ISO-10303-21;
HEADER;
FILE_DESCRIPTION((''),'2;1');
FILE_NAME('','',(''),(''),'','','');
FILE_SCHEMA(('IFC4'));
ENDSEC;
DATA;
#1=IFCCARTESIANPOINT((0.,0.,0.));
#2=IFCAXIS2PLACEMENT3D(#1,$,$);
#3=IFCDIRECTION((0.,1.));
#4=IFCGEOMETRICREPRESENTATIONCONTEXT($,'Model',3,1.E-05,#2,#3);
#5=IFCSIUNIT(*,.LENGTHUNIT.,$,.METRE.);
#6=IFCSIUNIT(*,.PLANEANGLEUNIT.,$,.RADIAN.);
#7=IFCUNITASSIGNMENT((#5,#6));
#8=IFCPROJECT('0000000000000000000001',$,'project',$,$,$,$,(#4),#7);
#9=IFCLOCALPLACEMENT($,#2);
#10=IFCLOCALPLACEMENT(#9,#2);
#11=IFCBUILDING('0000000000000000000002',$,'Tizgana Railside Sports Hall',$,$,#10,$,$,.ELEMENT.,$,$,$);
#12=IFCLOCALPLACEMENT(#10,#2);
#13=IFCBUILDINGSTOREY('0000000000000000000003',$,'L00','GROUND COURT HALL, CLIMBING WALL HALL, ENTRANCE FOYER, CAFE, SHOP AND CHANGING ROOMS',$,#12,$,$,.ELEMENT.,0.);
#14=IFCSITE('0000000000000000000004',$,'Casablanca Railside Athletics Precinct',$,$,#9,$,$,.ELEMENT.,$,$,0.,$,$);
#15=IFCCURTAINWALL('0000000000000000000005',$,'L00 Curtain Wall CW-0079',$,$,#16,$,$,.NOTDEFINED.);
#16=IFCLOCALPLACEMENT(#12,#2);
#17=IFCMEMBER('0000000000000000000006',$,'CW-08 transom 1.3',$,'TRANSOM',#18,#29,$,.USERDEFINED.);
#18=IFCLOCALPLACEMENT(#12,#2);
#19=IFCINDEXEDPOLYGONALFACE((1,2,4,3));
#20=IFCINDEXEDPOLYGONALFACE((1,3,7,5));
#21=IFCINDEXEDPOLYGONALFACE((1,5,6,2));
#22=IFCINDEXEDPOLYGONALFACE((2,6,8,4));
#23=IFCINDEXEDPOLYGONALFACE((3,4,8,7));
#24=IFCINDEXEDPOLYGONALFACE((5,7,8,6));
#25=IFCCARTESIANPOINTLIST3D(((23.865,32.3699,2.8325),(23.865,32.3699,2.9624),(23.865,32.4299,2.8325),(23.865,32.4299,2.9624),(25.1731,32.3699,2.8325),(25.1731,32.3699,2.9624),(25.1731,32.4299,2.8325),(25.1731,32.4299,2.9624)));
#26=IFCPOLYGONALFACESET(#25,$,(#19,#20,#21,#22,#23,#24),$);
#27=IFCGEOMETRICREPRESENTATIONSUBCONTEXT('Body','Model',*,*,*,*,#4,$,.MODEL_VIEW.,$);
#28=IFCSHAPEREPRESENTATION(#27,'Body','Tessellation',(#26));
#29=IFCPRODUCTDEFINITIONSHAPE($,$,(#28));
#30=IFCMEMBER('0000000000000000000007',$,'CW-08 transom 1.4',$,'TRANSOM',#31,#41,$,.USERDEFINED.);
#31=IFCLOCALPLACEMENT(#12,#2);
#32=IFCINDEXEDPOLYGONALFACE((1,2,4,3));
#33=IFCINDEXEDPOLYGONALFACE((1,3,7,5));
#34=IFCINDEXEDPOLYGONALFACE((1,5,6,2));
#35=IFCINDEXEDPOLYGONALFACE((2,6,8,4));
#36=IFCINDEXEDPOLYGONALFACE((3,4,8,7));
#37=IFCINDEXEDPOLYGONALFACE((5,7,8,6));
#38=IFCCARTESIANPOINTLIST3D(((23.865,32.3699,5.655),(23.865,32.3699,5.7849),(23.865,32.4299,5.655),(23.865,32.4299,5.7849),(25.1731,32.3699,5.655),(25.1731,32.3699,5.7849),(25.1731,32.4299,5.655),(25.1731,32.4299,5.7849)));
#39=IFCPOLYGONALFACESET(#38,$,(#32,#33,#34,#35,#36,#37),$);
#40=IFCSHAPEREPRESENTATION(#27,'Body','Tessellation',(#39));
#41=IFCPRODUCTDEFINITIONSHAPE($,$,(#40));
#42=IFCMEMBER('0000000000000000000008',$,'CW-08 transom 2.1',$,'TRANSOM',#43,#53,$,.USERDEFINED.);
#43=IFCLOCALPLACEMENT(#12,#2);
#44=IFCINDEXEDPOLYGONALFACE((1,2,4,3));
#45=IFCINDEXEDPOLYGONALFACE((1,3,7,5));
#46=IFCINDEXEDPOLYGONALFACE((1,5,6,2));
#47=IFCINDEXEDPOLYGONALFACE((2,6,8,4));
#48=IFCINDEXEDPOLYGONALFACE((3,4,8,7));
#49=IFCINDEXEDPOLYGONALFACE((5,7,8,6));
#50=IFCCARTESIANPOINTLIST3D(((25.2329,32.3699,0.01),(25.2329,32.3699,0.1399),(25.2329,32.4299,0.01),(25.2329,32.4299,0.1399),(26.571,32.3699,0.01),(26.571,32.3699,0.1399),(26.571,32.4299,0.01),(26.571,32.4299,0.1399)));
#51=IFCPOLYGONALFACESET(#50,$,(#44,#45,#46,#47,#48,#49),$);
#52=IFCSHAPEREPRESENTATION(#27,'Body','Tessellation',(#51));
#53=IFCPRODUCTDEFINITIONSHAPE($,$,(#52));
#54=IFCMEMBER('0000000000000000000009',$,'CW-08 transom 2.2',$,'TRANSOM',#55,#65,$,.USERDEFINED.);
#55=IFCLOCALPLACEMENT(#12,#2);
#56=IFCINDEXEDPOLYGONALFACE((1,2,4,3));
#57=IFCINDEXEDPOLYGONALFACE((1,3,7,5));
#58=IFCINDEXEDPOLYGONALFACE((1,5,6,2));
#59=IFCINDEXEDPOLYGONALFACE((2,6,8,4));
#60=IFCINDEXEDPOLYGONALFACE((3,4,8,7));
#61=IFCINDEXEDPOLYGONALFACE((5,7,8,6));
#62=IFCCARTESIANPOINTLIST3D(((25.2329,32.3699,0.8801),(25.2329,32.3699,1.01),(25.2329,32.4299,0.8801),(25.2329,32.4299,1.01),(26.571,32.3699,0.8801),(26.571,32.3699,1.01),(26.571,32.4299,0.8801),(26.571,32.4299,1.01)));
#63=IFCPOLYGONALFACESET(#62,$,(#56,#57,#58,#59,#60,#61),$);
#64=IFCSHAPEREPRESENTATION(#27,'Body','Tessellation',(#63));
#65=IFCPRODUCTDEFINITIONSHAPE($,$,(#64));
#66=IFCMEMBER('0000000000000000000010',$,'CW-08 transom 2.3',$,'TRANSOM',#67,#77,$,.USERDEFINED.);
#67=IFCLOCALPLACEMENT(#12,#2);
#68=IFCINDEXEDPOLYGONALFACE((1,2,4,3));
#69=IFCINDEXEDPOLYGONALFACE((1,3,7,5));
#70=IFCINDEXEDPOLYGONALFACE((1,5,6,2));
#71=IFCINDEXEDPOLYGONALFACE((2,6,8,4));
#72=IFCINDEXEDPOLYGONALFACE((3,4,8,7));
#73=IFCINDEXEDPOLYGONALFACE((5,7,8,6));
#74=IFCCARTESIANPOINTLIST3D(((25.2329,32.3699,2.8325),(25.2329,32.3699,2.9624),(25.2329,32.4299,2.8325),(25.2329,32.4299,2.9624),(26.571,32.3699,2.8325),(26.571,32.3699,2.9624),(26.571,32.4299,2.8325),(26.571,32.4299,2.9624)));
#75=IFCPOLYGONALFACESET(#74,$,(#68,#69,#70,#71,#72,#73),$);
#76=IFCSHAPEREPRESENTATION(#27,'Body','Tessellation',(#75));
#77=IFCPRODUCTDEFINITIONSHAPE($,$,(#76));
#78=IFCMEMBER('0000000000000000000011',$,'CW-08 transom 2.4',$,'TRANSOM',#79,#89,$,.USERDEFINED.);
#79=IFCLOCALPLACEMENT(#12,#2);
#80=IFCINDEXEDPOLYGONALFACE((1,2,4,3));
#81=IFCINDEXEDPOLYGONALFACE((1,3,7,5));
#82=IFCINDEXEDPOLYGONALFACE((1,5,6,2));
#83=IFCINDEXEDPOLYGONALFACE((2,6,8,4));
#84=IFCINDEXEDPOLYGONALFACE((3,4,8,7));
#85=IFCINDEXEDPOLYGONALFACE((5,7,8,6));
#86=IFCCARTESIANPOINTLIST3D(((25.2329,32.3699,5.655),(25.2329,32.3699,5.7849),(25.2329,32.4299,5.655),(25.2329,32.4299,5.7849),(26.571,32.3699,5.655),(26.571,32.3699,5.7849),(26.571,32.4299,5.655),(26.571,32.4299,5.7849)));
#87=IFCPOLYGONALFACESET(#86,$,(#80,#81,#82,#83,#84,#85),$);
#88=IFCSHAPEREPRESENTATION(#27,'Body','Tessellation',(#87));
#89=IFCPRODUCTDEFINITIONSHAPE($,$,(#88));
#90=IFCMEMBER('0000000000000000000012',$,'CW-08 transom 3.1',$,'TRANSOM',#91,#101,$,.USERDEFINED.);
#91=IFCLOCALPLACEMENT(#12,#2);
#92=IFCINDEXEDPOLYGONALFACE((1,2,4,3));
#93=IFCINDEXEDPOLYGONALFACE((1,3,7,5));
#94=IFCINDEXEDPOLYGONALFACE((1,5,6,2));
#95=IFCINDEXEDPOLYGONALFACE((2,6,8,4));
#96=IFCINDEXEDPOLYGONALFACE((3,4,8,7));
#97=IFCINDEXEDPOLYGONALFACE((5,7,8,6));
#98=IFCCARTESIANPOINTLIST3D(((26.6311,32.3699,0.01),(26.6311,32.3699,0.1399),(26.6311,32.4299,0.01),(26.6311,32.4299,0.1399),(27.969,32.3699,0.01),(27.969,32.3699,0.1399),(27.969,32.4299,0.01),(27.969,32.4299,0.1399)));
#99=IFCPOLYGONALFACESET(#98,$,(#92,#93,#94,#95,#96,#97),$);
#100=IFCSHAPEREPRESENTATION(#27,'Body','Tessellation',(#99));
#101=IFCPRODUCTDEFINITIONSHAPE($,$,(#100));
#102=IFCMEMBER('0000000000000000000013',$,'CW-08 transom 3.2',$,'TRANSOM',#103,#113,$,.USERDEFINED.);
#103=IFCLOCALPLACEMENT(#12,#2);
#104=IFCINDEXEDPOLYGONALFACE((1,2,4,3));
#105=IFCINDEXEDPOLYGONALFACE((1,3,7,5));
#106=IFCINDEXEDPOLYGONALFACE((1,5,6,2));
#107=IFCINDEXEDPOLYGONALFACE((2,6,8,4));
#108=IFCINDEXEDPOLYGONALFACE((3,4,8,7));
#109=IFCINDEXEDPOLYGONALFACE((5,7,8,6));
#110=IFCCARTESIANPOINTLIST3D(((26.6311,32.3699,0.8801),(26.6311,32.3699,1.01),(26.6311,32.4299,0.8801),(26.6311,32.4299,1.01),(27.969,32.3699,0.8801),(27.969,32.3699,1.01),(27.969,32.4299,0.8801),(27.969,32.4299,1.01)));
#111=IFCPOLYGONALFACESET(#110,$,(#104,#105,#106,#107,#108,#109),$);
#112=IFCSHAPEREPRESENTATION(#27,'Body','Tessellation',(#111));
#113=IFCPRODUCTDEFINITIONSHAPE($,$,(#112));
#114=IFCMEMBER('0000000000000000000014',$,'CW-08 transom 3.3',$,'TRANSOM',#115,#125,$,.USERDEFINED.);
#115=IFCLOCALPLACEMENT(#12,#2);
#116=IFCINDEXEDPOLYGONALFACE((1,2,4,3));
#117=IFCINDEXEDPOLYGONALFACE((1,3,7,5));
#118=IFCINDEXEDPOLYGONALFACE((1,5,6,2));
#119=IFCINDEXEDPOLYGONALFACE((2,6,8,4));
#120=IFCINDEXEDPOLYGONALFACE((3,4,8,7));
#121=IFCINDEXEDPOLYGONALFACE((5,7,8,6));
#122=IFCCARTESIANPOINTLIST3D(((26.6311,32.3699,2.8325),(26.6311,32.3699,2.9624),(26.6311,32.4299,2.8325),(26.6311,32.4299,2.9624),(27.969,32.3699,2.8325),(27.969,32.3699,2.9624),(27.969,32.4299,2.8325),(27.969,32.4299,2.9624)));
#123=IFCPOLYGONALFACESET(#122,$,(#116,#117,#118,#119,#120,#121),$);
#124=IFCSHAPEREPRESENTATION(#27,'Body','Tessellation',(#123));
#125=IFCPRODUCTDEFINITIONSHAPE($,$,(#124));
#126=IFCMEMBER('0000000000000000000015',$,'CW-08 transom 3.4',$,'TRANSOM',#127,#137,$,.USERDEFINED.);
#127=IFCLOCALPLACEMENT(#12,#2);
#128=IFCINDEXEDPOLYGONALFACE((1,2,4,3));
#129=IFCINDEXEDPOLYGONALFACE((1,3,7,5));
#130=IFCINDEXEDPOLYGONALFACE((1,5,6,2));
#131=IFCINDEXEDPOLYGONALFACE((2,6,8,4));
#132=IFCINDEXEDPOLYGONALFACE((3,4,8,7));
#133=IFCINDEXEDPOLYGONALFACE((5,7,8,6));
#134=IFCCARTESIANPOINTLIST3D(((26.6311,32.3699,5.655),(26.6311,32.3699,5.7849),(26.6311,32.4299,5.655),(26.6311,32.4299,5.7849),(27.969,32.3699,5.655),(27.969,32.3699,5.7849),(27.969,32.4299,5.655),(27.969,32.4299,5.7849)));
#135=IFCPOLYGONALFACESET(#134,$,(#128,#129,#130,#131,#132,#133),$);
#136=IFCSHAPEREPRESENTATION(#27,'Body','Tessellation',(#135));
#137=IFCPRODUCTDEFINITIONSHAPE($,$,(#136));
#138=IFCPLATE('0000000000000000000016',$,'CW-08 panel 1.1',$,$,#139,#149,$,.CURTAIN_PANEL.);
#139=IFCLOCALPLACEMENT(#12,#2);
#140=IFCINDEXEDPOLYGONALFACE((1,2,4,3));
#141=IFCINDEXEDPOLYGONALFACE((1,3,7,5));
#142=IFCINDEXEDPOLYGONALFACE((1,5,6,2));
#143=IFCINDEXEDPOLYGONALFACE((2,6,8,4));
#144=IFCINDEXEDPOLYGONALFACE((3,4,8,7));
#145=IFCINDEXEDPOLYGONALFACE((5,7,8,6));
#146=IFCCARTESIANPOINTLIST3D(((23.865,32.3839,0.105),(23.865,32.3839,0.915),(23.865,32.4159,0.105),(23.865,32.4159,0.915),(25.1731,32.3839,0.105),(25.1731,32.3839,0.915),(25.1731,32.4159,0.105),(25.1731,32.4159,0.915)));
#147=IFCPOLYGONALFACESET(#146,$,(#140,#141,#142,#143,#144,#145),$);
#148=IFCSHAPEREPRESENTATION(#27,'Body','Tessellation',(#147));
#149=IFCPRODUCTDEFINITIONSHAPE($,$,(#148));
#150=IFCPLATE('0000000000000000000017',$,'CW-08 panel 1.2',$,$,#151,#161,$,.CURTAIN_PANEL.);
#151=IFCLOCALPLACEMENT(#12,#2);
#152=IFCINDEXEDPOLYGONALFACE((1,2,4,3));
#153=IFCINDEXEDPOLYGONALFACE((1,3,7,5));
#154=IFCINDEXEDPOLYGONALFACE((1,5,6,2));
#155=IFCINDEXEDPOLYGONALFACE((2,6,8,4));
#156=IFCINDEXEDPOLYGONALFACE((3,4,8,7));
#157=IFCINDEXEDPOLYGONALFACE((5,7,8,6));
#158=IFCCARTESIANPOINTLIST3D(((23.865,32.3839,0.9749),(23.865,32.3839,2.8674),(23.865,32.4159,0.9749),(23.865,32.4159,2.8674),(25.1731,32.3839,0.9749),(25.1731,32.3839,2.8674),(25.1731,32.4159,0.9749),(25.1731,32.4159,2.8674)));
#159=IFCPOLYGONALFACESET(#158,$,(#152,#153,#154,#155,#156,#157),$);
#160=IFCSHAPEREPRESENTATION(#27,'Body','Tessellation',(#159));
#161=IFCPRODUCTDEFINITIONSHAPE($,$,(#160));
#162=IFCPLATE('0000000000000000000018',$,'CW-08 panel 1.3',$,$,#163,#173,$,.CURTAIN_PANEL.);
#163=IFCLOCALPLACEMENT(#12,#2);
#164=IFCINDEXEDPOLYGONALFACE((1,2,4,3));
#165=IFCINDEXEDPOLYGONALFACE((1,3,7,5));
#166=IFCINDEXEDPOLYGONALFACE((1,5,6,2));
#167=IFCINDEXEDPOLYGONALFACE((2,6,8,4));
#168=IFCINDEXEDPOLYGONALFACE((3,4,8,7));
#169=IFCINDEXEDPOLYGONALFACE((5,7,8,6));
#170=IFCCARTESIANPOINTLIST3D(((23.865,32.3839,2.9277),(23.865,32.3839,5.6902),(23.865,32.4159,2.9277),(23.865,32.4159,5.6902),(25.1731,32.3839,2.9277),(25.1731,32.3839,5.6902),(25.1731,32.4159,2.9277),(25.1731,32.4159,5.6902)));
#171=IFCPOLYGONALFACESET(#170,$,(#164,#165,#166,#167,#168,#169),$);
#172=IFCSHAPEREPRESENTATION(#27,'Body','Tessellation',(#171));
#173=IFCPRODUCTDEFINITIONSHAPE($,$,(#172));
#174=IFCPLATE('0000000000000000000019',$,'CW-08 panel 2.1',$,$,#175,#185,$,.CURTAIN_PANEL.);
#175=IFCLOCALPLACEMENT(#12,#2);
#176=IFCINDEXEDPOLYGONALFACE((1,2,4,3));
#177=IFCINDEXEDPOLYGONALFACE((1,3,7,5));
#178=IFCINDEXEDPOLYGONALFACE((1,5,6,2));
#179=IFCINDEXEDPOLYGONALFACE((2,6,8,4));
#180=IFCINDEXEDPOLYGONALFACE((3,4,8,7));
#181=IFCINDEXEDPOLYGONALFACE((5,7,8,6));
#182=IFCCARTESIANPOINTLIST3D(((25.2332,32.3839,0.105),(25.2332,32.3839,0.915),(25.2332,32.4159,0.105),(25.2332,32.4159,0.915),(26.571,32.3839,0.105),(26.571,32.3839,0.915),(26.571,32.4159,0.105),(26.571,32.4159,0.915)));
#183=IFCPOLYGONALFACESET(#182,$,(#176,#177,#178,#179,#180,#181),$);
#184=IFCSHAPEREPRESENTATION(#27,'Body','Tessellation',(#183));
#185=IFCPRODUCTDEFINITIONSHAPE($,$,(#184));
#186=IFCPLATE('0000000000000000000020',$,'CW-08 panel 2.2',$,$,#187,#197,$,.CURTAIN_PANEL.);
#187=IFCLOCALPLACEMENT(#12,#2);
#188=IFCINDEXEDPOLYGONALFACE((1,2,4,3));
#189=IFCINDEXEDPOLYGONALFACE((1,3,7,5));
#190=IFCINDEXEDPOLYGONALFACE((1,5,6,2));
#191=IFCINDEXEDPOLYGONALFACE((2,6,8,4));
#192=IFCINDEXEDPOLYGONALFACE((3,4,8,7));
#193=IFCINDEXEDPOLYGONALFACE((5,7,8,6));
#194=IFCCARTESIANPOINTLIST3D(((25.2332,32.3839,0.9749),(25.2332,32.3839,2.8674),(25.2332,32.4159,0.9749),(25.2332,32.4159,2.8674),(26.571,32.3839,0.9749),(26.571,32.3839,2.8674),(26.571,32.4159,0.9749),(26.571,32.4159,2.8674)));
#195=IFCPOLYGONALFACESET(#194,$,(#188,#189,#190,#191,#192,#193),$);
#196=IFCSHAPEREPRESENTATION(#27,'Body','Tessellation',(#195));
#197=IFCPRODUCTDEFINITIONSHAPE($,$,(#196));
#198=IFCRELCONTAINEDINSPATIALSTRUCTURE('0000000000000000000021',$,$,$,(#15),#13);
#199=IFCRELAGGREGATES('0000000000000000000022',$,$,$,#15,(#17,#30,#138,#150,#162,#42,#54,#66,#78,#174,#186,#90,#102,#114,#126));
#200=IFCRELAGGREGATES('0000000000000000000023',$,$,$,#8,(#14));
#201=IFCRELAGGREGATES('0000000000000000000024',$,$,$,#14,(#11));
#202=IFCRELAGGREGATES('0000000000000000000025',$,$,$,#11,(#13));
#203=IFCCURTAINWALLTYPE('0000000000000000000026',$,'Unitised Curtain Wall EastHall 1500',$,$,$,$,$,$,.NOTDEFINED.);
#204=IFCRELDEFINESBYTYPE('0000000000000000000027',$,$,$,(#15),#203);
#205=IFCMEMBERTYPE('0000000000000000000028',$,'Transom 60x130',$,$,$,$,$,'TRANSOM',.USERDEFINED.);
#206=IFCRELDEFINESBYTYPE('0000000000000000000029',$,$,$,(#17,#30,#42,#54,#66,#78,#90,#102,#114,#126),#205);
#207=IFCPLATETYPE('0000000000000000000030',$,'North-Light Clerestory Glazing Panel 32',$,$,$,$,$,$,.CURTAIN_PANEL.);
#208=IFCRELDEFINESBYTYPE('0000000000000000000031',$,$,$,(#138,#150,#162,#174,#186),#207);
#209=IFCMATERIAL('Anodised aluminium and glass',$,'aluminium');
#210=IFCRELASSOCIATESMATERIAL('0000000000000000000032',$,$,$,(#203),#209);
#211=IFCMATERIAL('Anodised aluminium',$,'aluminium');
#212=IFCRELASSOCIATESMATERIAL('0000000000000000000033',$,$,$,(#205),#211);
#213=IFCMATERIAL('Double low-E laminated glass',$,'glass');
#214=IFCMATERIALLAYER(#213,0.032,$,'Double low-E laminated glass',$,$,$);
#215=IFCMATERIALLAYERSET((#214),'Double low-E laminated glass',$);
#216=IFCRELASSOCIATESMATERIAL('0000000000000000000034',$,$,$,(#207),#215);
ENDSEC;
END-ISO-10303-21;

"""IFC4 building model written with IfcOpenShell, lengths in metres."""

from ifc_helpers import new_model, si_unit, direction, frame, origin, origin_2d, place, context, subcontext, project, spatial, rectangle, extrude, material, layer, layer_set, material_profile, profile_set, type_object, element, aggregate, save


model = new_model("IFC4")

# Units and contexts
model_context = context("Model", 3, precision=1e-05, world=origin(), true_north=direction((0.0, 1.0)))
body_context = subcontext(model_context, "Body", "Model", "MODEL_VIEW")
ifc_project = project(units=[si_unit("LENGTHUNIT", "METRE"), si_unit("PLANEANGLEUNIT", "RADIAN")], contexts=[model_context])

# Site, building, storey
site_placement = place(None, origin())
site = spatial("IfcSite", under=ifc_project, at=site_placement, Name="Casablanca Railside Athletics Precinct", CompositionType="ELEMENT", RefElevation=0.0)
building_placement = place(site_placement, origin())
building = spatial("IfcBuilding", under=site, at=building_placement, Name="Tizgana Railside Sports Hall", CompositionType="ELEMENT")
storey_placement = place(building_placement, origin())
storey = spatial("IfcBuildingStorey", under=building, at=storey_placement, Name="L00", Description="GROUND COURT HALL, CLIMBING WALL HALL, ENTRANCE FOYER, CAFE, SHOP AND CHANGING ROOMS", CompositionType="ELEMENT", Elevation=0.0)

# Curtain wall
ifc_material_1 = material(Name="Anodised aluminium and glass", Category="aluminium")
curtain_wall_type = type_object("IfcCurtainWallType", Name="Unitised Curtain Wall EastHall 1500", PredefinedType="NOTDEFINED", material=ifc_material_1)
curtain_wall_placement = place(storey_placement, origin())
curtain_wall = element("IfcCurtainWall", 1, at=curtain_wall_placement, inside=storey, type_object=curtain_wall_type, Name="L00 Curtain Wall CW-0079", PredefinedType="NOTDEFINED")
ifc_material_2 = material(Name="Anodised aluminium", Category="aluminium")

# Members
ifc_material_profile_1 = material_profile(ifc_material_2, rectangle(XDim=0.0601, YDim=0.1299, at=origin_2d()), Name="Transom 60x130")
ifc_profile_set_1 = profile_set([ifc_material_profile_1], Name="Anodised aluminium")
member_type_1 = type_object("IfcMemberType", Name="Transom 60x130", ElementType="TRANSOM", PredefinedType="USERDEFINED", material=ifc_profile_set_1)
member_1_placement = place(storey_placement, frame((23.865, 32.3999, 2.8975), z_axis=(1.0, 0.0, 0.0), x_axis=(0.0, 1.0, 0.0)))
member_1 = element("IfcMember", 2, at=member_1_placement, type_object=member_type_1, Name="CW-08 transom 1.3", ObjectType="TRANSOM", PredefinedType="USERDEFINED", context=body_context, shape_type="SweptSolid", body=[
    extrude(rectangle(XDim=0.0601, YDim=0.1299, at=origin_2d()), origin(), (0.0, 0.0, 1.0), 1.3081),
])
member_2_placement = place(storey_placement, frame((23.865, 32.3999, 5.72), z_axis=(1.0, 0.0, 0.0), x_axis=(0.0, 1.0, 0.0)))
member_2 = element("IfcMember", 3, at=member_2_placement, type_object=member_type_1, Name="CW-08 transom 1.4", ObjectType="TRANSOM", PredefinedType="USERDEFINED", context=body_context, shape_type="SweptSolid", body=[
    extrude(rectangle(XDim=0.0601, YDim=0.1299, at=origin_2d()), origin(), (0.0, 0.0, 1.0), 1.3081),
])
member_3_placement = place(storey_placement, frame((25.2329, 32.3999, 0.075), z_axis=(1.0, 0.0, 0.0), x_axis=(0.0, 1.0, 0.0)))
member_3 = element("IfcMember", 4, at=member_3_placement, type_object=member_type_1, Name="CW-08 transom 2.1", ObjectType="TRANSOM", PredefinedType="USERDEFINED", context=body_context, shape_type="SweptSolid", body=[
    extrude(rectangle(XDim=0.0601, YDim=0.1299, at=origin_2d()), origin(), (0.0, 0.0, 1.0), 1.3381),
])
member_4_placement = place(storey_placement, frame((25.2329, 32.3999, 0.9451), z_axis=(1.0, 0.0, 0.0), x_axis=(0.0, 1.0, 0.0)))
member_4 = element("IfcMember", 5, at=member_4_placement, type_object=member_type_1, Name="CW-08 transom 2.2", ObjectType="TRANSOM", PredefinedType="USERDEFINED", context=body_context, shape_type="SweptSolid", body=[
    extrude(rectangle(XDim=0.0601, YDim=0.1299, at=origin_2d()), origin(), (0.0, 0.0, 1.0), 1.3381),
])
member_5_placement = place(storey_placement, frame((25.2329, 32.3999, 2.8975), z_axis=(1.0, 0.0, 0.0), x_axis=(0.0, 1.0, 0.0)))
member_5 = element("IfcMember", 6, at=member_5_placement, type_object=member_type_1, Name="CW-08 transom 2.3", ObjectType="TRANSOM", PredefinedType="USERDEFINED", context=body_context, shape_type="SweptSolid", body=[
    extrude(rectangle(XDim=0.0601, YDim=0.1299, at=origin_2d()), origin(), (0.0, 0.0, 1.0), 1.3381),
])
member_6_placement = place(storey_placement, frame((25.2329, 32.3999, 5.72), z_axis=(1.0, 0.0, 0.0), x_axis=(0.0, 1.0, 0.0)))
member_6 = element("IfcMember", 7, at=member_6_placement, type_object=member_type_1, Name="CW-08 transom 2.4", ObjectType="TRANSOM", PredefinedType="USERDEFINED", context=body_context, shape_type="SweptSolid", body=[
    extrude(rectangle(XDim=0.0601, YDim=0.1299, at=origin_2d()), origin(), (0.0, 0.0, 1.0), 1.3381),
])
member_7_placement = place(storey_placement, frame((26.6311, 32.3999, 0.075), z_axis=(1.0, 0.0, 0.0), x_axis=(0.0, 1.0, 0.0)))
member_7 = element("IfcMember", 8, at=member_7_placement, type_object=member_type_1, Name="CW-08 transom 3.1", ObjectType="TRANSOM", PredefinedType="USERDEFINED", context=body_context, shape_type="SweptSolid", body=[
    extrude(rectangle(XDim=0.0601, YDim=0.1299, at=origin_2d()), origin(), (0.0, 0.0, 1.0), 1.3379),
])
member_8_placement = place(storey_placement, frame((26.6311, 32.3999, 0.9451), z_axis=(1.0, 0.0, 0.0), x_axis=(0.0, 1.0, 0.0)))
member_8 = element("IfcMember", 9, at=member_8_placement, type_object=member_type_1, Name="CW-08 transom 3.2", ObjectType="TRANSOM", PredefinedType="USERDEFINED", context=body_context, shape_type="SweptSolid", body=[
    extrude(rectangle(XDim=0.0601, YDim=0.1299, at=origin_2d()), origin(), (0.0, 0.0, 1.0), 1.3379),
])
member_9_placement = place(storey_placement, frame((26.6311, 32.3999, 2.8975), z_axis=(1.0, 0.0, 0.0), x_axis=(0.0, 1.0, 0.0)))
member_9 = element("IfcMember", 10, at=member_9_placement, type_object=member_type_1, Name="CW-08 transom 3.3", ObjectType="TRANSOM", PredefinedType="USERDEFINED", context=body_context, shape_type="SweptSolid", body=[
    extrude(rectangle(XDim=0.0601, YDim=0.1299, at=origin_2d()), origin(), (0.0, 0.0, 1.0), 1.3379),
])
member_10_placement = place(storey_placement, frame((26.6311, 32.3999, 5.72), z_axis=(1.0, 0.0, 0.0), x_axis=(0.0, 1.0, 0.0)))
member_10 = element("IfcMember", 11, at=member_10_placement, type_object=member_type_1, Name="CW-08 transom 3.4", ObjectType="TRANSOM", PredefinedType="USERDEFINED", context=body_context, shape_type="SweptSolid", body=[
    extrude(rectangle(XDim=0.0601, YDim=0.1299, at=origin_2d()), origin(), (0.0, 0.0, 1.0), 1.3379),
])

# Plates
ifc_material_3 = material(Name="Double low-E laminated glass", Category="glass")
ifc_layer_1 = layer(ifc_material_3, 0.032, Name="Double low-E laminated glass")
ifc_layer_set_1 = layer_set([ifc_layer_1], Name="Double low-E laminated glass")
plate_type = type_object("IfcPlateType", Name="North-Light Clerestory Glazing Panel 32", PredefinedType="CURTAIN_PANEL", material=ifc_layer_set_1)
plate_1_placement = place(storey_placement, frame((24.519, 32.3999, 0.105), z_axis=(0.0, 0.0, 1.0), x_axis=(1.0, 0.0, 0.0)))
plate_1 = element("IfcPlate", 12, at=plate_1_placement, type_object=plate_type, Name="CW-08 panel 1.1", PredefinedType="CURTAIN_PANEL", context=body_context, shape_type="SweptSolid", body=[
    extrude(rectangle(XDim=1.3081, YDim=0.032, at=origin_2d()), origin(), (0.0, 0.0, 1.0), 0.8101),
])
plate_2_placement = place(storey_placement, frame((24.519, 32.3999, 0.9749), z_axis=(0.0, 0.0, 1.0), x_axis=(1.0, 0.0, 0.0)))
plate_2 = element("IfcPlate", 13, at=plate_2_placement, type_object=plate_type, Name="CW-08 panel 1.2", PredefinedType="CURTAIN_PANEL", context=body_context, shape_type="SweptSolid", body=[
    extrude(rectangle(XDim=1.3081, YDim=0.032, at=origin_2d()), origin(), (0.0, 0.0, 1.0), 1.8926),
])
plate_3_placement = place(storey_placement, frame((24.519, 32.3999, 2.9277), z_axis=(0.0, 0.0, 1.0), x_axis=(1.0, 0.0, 0.0)))
plate_3 = element("IfcPlate", 14, at=plate_3_placement, type_object=plate_type, Name="CW-08 panel 1.3", PredefinedType="CURTAIN_PANEL", context=body_context, shape_type="SweptSolid", body=[
    extrude(rectangle(XDim=1.3081, YDim=0.032, at=origin_2d()), origin(), (0.0, 0.0, 1.0), 2.7625),
])
plate_4_placement = place(storey_placement, frame((25.9021, 32.3999, 0.105), z_axis=(0.0, 0.0, 1.0), x_axis=(1.0, 0.0, 0.0)))
plate_4 = element("IfcPlate", 15, at=plate_4_placement, type_object=plate_type, Name="CW-08 panel 2.1", PredefinedType="CURTAIN_PANEL", context=body_context, shape_type="SweptSolid", body=[
    extrude(rectangle(XDim=1.3379, YDim=0.032, at=origin_2d()), origin(), (0.0, 0.0, 1.0), 0.8101),
])
plate_5_placement = place(storey_placement, frame((25.9021, 32.3999, 0.9749), z_axis=(0.0, 0.0, 1.0), x_axis=(1.0, 0.0, 0.0)))
plate_5 = element("IfcPlate", 16, at=plate_5_placement, type_object=plate_type, Name="CW-08 panel 2.2", PredefinedType="CURTAIN_PANEL", context=body_context, shape_type="SweptSolid", body=[
    extrude(rectangle(XDim=1.3379, YDim=0.032, at=origin_2d()), origin(), (0.0, 0.0, 1.0), 1.8926),
])
aggregate(curtain_wall, [member_1, member_2, plate_1, plate_2, plate_3, member_3, member_4, member_5, member_6, plate_4, plate_5, member_7, member_8, member_9, member_10])

save(model, "model.ifc")
